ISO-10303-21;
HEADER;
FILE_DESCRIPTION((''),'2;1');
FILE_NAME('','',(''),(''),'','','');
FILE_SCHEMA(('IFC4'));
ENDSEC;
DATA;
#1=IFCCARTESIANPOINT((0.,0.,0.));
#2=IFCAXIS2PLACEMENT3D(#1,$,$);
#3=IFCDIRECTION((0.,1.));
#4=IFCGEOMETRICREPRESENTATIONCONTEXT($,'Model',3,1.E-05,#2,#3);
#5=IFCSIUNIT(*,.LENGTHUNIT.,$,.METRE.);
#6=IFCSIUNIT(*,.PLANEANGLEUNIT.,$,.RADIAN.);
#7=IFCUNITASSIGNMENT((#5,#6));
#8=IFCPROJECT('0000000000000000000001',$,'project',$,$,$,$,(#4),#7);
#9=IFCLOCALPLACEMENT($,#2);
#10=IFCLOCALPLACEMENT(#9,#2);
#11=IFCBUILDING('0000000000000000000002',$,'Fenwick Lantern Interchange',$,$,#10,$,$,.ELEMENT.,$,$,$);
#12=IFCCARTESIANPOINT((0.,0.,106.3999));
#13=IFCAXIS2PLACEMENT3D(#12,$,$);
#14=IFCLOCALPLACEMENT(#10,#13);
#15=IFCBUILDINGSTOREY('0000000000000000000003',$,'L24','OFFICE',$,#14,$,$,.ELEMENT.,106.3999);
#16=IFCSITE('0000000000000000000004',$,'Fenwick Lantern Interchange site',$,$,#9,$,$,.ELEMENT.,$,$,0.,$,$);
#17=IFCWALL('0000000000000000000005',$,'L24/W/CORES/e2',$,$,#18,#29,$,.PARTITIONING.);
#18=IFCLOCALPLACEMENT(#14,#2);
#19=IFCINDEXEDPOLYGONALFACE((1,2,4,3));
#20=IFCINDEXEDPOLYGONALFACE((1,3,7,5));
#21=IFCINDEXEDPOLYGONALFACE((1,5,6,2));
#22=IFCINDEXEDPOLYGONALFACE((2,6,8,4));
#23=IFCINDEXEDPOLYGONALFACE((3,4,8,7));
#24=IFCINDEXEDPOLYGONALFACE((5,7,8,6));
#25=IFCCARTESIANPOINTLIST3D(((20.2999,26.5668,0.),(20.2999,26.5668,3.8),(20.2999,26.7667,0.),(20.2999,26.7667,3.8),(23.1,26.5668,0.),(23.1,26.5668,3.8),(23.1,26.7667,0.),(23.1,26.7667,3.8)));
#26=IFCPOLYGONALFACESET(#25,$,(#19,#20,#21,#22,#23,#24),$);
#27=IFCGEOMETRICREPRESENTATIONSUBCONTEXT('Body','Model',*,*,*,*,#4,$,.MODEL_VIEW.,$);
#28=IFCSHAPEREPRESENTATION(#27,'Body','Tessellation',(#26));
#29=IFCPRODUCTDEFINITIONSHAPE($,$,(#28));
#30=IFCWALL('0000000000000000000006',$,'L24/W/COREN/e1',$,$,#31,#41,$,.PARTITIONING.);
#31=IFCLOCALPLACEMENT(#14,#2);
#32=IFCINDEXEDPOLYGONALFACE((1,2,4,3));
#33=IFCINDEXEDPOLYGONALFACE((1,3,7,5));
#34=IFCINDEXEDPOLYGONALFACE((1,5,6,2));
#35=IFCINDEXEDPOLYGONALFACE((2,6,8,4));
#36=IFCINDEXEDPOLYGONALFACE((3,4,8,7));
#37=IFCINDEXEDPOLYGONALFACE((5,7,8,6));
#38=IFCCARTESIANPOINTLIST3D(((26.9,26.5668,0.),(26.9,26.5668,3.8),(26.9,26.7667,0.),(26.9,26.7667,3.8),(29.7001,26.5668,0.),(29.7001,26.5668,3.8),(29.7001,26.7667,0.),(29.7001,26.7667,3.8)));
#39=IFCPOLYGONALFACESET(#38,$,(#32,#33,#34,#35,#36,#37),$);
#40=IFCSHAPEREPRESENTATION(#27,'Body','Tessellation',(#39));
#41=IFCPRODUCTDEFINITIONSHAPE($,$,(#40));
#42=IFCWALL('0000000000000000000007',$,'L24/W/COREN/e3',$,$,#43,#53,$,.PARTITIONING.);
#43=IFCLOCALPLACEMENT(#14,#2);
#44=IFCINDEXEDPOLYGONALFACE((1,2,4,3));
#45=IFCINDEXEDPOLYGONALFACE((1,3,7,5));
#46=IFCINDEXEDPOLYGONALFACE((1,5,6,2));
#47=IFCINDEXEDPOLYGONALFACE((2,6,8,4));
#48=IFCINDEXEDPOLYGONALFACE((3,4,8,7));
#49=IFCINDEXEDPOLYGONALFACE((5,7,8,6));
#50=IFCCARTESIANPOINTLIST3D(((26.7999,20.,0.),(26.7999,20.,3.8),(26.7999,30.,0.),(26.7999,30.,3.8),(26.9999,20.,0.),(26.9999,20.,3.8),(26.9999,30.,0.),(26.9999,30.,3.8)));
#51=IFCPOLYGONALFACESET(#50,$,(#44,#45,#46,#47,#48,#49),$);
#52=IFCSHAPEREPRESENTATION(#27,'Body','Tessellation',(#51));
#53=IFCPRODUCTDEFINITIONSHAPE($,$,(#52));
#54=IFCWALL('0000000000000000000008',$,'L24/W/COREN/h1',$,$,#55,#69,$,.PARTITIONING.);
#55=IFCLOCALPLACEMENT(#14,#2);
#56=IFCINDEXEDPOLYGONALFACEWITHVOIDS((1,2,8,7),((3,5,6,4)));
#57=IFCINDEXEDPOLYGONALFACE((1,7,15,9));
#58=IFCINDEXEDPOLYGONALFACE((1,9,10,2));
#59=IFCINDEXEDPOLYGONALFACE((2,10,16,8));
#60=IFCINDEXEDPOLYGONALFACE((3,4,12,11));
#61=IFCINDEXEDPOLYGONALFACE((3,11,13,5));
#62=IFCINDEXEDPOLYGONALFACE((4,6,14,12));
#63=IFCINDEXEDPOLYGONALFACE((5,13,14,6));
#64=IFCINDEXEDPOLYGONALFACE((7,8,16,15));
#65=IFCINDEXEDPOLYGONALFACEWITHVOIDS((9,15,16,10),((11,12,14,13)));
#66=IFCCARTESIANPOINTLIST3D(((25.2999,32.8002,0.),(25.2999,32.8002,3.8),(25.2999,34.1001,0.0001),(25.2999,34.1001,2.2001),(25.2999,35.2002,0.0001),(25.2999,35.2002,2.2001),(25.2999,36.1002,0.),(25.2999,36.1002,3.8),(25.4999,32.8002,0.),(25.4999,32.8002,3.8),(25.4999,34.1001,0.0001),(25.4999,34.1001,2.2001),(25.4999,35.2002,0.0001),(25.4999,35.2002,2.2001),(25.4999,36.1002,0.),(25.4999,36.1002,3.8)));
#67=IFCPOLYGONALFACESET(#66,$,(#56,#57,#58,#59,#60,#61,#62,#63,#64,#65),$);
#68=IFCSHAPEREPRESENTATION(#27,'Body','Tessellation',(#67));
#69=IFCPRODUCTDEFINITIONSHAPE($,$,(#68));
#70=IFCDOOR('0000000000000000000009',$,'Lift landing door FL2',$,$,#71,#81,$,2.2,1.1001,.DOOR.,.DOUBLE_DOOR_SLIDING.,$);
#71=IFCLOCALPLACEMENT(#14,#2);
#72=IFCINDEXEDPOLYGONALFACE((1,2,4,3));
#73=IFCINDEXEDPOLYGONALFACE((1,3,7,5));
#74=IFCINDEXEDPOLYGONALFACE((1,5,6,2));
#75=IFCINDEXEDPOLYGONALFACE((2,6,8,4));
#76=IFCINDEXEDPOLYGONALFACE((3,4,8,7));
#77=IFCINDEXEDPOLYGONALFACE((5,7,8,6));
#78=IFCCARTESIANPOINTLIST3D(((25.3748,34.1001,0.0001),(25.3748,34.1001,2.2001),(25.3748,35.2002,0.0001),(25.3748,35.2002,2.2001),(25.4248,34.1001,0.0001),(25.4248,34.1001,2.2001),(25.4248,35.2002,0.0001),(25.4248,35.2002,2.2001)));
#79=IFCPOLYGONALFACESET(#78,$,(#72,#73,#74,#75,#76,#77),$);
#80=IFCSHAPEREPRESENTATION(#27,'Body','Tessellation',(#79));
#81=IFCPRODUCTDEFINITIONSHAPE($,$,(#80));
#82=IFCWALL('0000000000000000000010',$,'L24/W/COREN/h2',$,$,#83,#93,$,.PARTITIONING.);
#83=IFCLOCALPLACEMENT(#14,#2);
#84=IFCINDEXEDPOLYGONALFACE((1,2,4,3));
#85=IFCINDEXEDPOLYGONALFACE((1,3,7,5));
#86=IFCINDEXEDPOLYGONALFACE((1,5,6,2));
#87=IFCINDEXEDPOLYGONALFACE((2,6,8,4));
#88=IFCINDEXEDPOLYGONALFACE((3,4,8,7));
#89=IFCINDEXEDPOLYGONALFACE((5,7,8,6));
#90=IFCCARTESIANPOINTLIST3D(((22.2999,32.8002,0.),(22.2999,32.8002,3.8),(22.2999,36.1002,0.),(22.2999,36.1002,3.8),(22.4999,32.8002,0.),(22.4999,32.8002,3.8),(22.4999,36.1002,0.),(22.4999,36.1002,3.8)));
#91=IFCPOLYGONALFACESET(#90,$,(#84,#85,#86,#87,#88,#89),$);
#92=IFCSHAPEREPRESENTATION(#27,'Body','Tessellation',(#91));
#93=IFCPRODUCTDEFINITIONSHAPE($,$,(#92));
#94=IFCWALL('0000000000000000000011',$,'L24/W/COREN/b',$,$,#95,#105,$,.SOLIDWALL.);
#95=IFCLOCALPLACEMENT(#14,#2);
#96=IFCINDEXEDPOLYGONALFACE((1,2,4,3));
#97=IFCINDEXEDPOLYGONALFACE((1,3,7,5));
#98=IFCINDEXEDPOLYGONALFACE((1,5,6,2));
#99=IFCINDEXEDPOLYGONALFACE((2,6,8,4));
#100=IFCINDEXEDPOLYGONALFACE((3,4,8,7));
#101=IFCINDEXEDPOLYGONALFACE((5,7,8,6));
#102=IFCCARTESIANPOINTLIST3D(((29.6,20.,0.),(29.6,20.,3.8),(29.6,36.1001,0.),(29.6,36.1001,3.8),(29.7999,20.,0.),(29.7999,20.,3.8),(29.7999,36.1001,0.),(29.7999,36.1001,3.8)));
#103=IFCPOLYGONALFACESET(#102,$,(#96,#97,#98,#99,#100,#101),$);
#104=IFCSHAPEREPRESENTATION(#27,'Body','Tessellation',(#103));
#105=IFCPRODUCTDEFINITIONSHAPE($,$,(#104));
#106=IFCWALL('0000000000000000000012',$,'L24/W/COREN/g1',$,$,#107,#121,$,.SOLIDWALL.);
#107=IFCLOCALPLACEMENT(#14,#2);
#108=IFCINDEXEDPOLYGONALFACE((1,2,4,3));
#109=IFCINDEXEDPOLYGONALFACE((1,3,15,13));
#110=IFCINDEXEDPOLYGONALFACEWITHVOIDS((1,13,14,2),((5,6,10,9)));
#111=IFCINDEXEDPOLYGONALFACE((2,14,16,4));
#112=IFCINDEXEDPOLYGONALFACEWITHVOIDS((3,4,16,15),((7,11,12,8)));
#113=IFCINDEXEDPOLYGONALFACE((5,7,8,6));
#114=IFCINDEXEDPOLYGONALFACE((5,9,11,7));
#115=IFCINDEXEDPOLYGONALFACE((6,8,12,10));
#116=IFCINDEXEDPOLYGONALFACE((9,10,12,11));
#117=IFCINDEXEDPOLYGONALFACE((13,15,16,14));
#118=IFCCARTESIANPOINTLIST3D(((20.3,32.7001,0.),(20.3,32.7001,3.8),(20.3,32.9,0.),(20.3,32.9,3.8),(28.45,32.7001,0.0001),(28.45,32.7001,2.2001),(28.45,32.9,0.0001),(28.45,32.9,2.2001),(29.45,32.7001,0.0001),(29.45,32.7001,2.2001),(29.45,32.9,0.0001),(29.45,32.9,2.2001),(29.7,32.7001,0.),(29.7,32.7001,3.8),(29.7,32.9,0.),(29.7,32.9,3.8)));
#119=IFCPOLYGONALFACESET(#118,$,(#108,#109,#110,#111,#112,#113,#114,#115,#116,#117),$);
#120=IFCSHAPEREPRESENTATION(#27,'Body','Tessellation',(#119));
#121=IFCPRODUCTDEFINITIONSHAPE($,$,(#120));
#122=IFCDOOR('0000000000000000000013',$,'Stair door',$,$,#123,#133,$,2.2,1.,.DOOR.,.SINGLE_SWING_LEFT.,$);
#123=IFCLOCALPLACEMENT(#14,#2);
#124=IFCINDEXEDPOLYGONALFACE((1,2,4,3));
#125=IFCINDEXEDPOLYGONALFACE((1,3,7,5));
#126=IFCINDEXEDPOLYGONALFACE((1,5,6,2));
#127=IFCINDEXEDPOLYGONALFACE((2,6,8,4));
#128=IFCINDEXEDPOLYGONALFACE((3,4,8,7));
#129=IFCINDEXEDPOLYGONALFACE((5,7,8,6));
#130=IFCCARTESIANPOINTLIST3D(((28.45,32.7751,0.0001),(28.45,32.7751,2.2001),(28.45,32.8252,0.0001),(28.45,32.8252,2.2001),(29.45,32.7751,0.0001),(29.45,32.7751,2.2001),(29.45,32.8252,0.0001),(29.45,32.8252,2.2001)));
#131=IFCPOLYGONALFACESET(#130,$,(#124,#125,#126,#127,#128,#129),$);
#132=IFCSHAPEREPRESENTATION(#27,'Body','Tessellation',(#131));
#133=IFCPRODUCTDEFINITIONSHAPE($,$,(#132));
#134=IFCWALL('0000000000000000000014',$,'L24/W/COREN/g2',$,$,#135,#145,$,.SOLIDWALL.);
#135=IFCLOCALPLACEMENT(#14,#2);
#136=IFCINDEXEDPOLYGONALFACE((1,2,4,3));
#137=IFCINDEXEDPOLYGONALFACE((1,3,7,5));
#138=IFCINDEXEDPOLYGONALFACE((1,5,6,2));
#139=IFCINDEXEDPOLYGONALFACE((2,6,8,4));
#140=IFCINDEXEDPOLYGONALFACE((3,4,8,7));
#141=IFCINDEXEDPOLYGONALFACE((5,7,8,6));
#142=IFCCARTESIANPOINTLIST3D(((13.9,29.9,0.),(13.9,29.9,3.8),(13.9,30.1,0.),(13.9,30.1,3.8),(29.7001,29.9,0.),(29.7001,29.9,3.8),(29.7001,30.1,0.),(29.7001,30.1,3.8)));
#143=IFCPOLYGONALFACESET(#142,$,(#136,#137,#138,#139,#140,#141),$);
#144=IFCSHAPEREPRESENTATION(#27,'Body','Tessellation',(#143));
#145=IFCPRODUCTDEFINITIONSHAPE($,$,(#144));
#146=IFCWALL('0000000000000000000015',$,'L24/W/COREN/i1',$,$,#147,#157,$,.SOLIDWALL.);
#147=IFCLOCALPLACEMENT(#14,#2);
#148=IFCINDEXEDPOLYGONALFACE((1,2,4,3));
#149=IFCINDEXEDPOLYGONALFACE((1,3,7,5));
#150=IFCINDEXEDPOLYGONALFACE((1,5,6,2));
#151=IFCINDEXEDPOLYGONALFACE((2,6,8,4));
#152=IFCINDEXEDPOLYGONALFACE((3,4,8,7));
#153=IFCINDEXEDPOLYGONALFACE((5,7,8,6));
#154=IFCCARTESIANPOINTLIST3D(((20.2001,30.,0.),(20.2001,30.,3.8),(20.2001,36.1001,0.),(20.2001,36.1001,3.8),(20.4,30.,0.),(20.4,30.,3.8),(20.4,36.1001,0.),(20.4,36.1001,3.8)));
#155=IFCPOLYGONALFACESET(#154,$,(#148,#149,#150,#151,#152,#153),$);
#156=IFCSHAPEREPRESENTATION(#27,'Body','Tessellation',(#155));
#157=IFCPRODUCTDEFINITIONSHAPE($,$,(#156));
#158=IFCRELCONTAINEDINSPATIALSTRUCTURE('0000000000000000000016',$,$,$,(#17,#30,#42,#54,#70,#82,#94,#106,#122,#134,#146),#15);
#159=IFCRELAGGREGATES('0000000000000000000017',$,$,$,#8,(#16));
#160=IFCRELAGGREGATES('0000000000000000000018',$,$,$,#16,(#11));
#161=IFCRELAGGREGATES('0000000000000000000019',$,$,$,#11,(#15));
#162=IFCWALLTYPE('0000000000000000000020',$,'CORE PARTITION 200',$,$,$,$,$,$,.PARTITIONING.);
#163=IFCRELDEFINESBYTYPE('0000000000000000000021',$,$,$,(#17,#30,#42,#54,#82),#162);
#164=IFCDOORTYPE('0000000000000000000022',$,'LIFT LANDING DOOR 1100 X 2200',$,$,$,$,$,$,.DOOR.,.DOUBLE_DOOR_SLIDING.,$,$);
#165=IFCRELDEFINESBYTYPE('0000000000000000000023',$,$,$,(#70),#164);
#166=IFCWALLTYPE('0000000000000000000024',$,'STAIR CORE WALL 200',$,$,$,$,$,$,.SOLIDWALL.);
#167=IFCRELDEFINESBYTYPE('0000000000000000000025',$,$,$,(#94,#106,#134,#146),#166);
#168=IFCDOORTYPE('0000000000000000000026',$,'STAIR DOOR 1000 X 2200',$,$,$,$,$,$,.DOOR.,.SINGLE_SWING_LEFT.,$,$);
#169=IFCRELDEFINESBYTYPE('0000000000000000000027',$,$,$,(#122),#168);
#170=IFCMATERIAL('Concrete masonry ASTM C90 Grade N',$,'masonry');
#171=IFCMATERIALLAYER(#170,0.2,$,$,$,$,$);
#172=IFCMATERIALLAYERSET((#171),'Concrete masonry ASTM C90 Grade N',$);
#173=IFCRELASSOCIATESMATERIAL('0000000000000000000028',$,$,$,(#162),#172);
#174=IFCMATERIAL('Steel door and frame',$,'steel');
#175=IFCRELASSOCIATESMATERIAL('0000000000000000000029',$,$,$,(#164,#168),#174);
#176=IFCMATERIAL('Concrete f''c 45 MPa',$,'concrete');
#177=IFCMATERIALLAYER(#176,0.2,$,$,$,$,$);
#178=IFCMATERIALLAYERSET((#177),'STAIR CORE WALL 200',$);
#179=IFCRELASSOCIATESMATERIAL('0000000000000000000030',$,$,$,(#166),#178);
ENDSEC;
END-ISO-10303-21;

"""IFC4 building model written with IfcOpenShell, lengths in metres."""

from ifc_helpers import new_model, si_unit, direction, frame, frame_2d, origin, place, context, subcontext, project, spatial, rectangle, extrude, material, layer, layer_set, type_object, element, fill, save


model = new_model("IFC4")

# Units and contexts
model_context = context("Model", 3, precision=1e-05, world=origin(), true_north=direction((0.0, 1.0)))
body_context = subcontext(model_context, "Body", "Model", "MODEL_VIEW")
ifc_project = project(units=[si_unit("LENGTHUNIT", "METRE"), si_unit("PLANEANGLEUNIT", "RADIAN")], contexts=[model_context])

# Site, building, storey
site_placement = place(None, origin())
site = spatial("IfcSite", under=ifc_project, at=site_placement, Name="Fenwick Lantern Interchange site", CompositionType="ELEMENT", RefElevation=0.0)
building_placement = place(site_placement, origin())
building = spatial("IfcBuilding", under=site, at=building_placement, Name="Fenwick Lantern Interchange", CompositionType="ELEMENT")
storey_placement = place(building_placement, frame((0.0, 0.0, 106.3999)))
storey = spatial("IfcBuildingStorey", under=building, at=storey_placement, Name="L24", Description="OFFICE", CompositionType="ELEMENT", Elevation=106.3999)

# Walls
ifc_material_1 = material(Name="Concrete masonry ASTM C90 Grade N", Category="masonry")
ifc_layer_1 = layer(ifc_material_1, 0.2)
ifc_layer_set_1 = layer_set([ifc_layer_1], Name="Concrete masonry ASTM C90 Grade N")
wall_type_1 = type_object("IfcWallType", Name="CORE PARTITION 200", PredefinedType="PARTITIONING", material=ifc_layer_set_1)
for number, where, z_axis, x_axis, name in (
    (1, (20.3, 26.6667, 0.0), (0.0, 0.0, 1.0), (1.0, 0.0, 0.0), "L24/W/CORES/e2"),
    (2, (29.7, 26.6667, 0.0), (0.0, 0.0, 1.0), (-1.0, 0.0, 0.0), "L24/W/COREN/e1"),
):
    element("IfcWall", number, at=place(storey_placement, frame(where, z_axis=z_axis, x_axis=x_axis)), inside=storey, type_object=wall_type_1, Name=name, PredefinedType="PARTITIONING", context=body_context, shape_type="SweptSolid", body=[
        extrude(rectangle(XDim=2.8, YDim=0.2, at=frame_2d((1.3999, 0.0))), origin(), (0.0, 0.0, 1.0), 3.8),
    ])
wall_1_placement = place(storey_placement, frame((26.8999, 30.0, 0.0), z_axis=(0.0, 0.0, 1.0), x_axis=(0.0, -1.0, 0.0)))
element("IfcWall", 3, at=wall_1_placement, inside=storey, type_object=wall_type_1, Name="L24/W/COREN/e3", PredefinedType="PARTITIONING", context=body_context, shape_type="SweptSolid", body=[
    extrude(rectangle(XDim=10.0, YDim=0.2, at=frame_2d((5.0, 0.0))), origin(), (0.0, 0.0, 1.0), 3.8),
])

# Wall, opening, door
wall_2_placement = place(storey_placement, frame((25.3999, 36.1001, 0.0), z_axis=(0.0, 0.0, 1.0), x_axis=(0.0, -1.0, 0.0)))
wall_2 = element("IfcWall", 4, at=wall_2_placement, inside=storey, type_object=wall_type_1, Name="L24/W/COREN/h1", PredefinedType="PARTITIONING", context=body_context, shape_type="SweptSolid", body=[
    extrude(rectangle(XDim=3.3, YDim=0.2, at=frame_2d((1.6499, 0.0))), origin(), (0.0, 0.0, 1.0), 3.8),
])
opening_1_placement = place(wall_2_placement, frame((0.8999, 0.0, 0.0)))
opening_1 = element("IfcOpeningElement", 5, at=opening_1_placement, cuts=wall_2, PredefinedType="OPENING", context=body_context, shape_type="SweptSolid", body=[
    extrude(rectangle(XDim=1.1001, YDim=2.2, at=frame_2d((0.55, 1.1001))), frame((0.0, 0.1099, 0.0), z_axis=(0.0, -1.0, 0.0), x_axis=(1.0, 0.0, 0.0)), (0.0, 0.0, 1.0), 0.22),
])
ifc_material_2 = material(Name="Steel door and frame", Category="steel")
door_type_1 = type_object("IfcDoorType", Name="LIFT LANDING DOOR 1100 X 2200", OperationType="DOUBLE_DOOR_SLIDING", PredefinedType="DOOR", material=ifc_material_2)
door_1_placement = place(opening_1_placement, origin())
door_1 = element("IfcDoor", 6, at=door_1_placement, inside=storey, type_object=door_type_1, Name="Lift landing door FL2", OperationType="DOUBLE_DOOR_SLIDING", OverallHeight=2.2, OverallWidth=1.1001, PredefinedType="DOOR", context=body_context, shape_type="SweptSolid", body=[
    extrude(rectangle(XDim=1.1001, YDim=2.2, at=frame_2d((0.55, 1.1001))), frame((0.0, 0.0249, 0.0), z_axis=(0.0, -1.0, 0.0), x_axis=(1.0, 0.0, 0.0)), (0.0, 0.0, 1.0), 0.05),
])
fill(opening_1, door_1)

# Walls
wall_3_placement = place(storey_placement, frame((22.3999, 36.1001, 0.0), z_axis=(0.0, 0.0, 1.0), x_axis=(0.0, -1.0, 0.0)))
element("IfcWall", 7, at=wall_3_placement, inside=storey, type_object=wall_type_1, Name="L24/W/COREN/h2", PredefinedType="PARTITIONING", context=body_context, shape_type="SweptSolid", body=[
    extrude(rectangle(XDim=3.3, YDim=0.2, at=frame_2d((1.6499, 0.0))), origin(), (0.0, 0.0, 1.0), 3.8),
])
ifc_material_3 = material(Name="Concrete f'c 45 MPa", Category="concrete")
ifc_layer_2 = layer(ifc_material_3, 0.2)
ifc_layer_set_2 = layer_set([ifc_layer_2], Name="STAIR CORE WALL 200")
wall_type_2 = type_object("IfcWallType", Name="STAIR CORE WALL 200", PredefinedType="SOLIDWALL", material=ifc_layer_set_2)
wall_4_placement = place(storey_placement, frame((29.7, 36.1001, 0.0), z_axis=(0.0, 0.0, 1.0), x_axis=(0.0, -1.0, 0.0)))
element("IfcWall", 8, at=wall_4_placement, inside=storey, type_object=wall_type_2, Name="L24/W/COREN/b", PredefinedType="SOLIDWALL", context=body_context, shape_type="SweptSolid", body=[
    extrude(rectangle(XDim=16.1001, YDim=0.2, at=frame_2d((8.05, 0.0))), origin(), (0.0, 0.0, 1.0), 3.8),
])

# Wall, opening, door
wall_5_placement = place(storey_placement, frame((29.7, 32.8, 0.0), z_axis=(0.0, 0.0, 1.0), x_axis=(-1.0, 0.0, 0.0)))
wall_5 = element("IfcWall", 9, at=wall_5_placement, inside=storey, type_object=wall_type_2, Name="L24/W/COREN/g1", PredefinedType="SOLIDWALL", context=body_context, shape_type="SweptSolid", body=[
    extrude(rectangle(XDim=9.3999, YDim=0.2, at=frame_2d((4.7, 0.0))), origin(), (0.0, 0.0, 1.0), 3.8),
])
opening_2_placement = place(wall_5_placement, frame((0.25, 0.0, 0.0)))
opening_2 = element("IfcOpeningElement", 10, at=opening_2_placement, cuts=wall_5, PredefinedType="OPENING", context=body_context, shape_type="SweptSolid", body=[
    extrude(rectangle(XDim=1.0, YDim=2.2, at=frame_2d((0.5, 1.1001))), frame((0.0, 0.1099, 0.0), z_axis=(0.0, -1.0, 0.0), x_axis=(1.0, 0.0, 0.0)), (0.0, 0.0, 1.0), 0.22),
])
door_type_2 = type_object("IfcDoorType", Name="STAIR DOOR 1000 X 2200", OperationType="SINGLE_SWING_LEFT", PredefinedType="DOOR", material=ifc_material_2)
door_2_placement = place(opening_2_placement, origin())
door_2 = element("IfcDoor", 11, at=door_2_placement, inside=storey, type_object=door_type_2, Name="Stair door", OperationType="SINGLE_SWING_LEFT", OverallHeight=2.2, OverallWidth=1.0, PredefinedType="DOOR", context=body_context, shape_type="SweptSolid", body=[
    extrude(rectangle(XDim=1.0, YDim=2.2, at=frame_2d((0.5, 1.1001))), frame((0.0, 0.0249, 0.0), z_axis=(0.0, -1.0, 0.0), x_axis=(1.0, 0.0, 0.0)), (0.0, 0.0, 1.0), 0.05),
])
fill(opening_2, door_2)

# Walls
wall_6_placement = place(storey_placement, frame((29.7, 30.0, 0.0), z_axis=(0.0, 0.0, 1.0), x_axis=(-1.0, 0.0, 0.0)))
element("IfcWall", 12, at=wall_6_placement, inside=storey, type_object=wall_type_2, Name="L24/W/COREN/g2", PredefinedType="SOLIDWALL", context=body_context, shape_type="SweptSolid", body=[
    extrude(rectangle(XDim=15.8, YDim=0.2, at=frame_2d((7.8999, 0.0))), origin(), (0.0, 0.0, 1.0), 3.8),
])
wall_7_placement = place(storey_placement, frame((20.3, 36.1001, 0.0), z_axis=(0.0, 0.0, 1.0), x_axis=(0.0, -1.0, 0.0)))
element("IfcWall", 13, at=wall_7_placement, inside=storey, type_object=wall_type_2, Name="L24/W/COREN/i1", PredefinedType="SOLIDWALL", context=body_context, shape_type="SweptSolid", body=[
    extrude(rectangle(XDim=6.1001, YDim=0.2, at=frame_2d((3.05, 0.0))), origin(), (0.0, 0.0, 1.0), 3.8),
])

save(model, "model.ifc")
